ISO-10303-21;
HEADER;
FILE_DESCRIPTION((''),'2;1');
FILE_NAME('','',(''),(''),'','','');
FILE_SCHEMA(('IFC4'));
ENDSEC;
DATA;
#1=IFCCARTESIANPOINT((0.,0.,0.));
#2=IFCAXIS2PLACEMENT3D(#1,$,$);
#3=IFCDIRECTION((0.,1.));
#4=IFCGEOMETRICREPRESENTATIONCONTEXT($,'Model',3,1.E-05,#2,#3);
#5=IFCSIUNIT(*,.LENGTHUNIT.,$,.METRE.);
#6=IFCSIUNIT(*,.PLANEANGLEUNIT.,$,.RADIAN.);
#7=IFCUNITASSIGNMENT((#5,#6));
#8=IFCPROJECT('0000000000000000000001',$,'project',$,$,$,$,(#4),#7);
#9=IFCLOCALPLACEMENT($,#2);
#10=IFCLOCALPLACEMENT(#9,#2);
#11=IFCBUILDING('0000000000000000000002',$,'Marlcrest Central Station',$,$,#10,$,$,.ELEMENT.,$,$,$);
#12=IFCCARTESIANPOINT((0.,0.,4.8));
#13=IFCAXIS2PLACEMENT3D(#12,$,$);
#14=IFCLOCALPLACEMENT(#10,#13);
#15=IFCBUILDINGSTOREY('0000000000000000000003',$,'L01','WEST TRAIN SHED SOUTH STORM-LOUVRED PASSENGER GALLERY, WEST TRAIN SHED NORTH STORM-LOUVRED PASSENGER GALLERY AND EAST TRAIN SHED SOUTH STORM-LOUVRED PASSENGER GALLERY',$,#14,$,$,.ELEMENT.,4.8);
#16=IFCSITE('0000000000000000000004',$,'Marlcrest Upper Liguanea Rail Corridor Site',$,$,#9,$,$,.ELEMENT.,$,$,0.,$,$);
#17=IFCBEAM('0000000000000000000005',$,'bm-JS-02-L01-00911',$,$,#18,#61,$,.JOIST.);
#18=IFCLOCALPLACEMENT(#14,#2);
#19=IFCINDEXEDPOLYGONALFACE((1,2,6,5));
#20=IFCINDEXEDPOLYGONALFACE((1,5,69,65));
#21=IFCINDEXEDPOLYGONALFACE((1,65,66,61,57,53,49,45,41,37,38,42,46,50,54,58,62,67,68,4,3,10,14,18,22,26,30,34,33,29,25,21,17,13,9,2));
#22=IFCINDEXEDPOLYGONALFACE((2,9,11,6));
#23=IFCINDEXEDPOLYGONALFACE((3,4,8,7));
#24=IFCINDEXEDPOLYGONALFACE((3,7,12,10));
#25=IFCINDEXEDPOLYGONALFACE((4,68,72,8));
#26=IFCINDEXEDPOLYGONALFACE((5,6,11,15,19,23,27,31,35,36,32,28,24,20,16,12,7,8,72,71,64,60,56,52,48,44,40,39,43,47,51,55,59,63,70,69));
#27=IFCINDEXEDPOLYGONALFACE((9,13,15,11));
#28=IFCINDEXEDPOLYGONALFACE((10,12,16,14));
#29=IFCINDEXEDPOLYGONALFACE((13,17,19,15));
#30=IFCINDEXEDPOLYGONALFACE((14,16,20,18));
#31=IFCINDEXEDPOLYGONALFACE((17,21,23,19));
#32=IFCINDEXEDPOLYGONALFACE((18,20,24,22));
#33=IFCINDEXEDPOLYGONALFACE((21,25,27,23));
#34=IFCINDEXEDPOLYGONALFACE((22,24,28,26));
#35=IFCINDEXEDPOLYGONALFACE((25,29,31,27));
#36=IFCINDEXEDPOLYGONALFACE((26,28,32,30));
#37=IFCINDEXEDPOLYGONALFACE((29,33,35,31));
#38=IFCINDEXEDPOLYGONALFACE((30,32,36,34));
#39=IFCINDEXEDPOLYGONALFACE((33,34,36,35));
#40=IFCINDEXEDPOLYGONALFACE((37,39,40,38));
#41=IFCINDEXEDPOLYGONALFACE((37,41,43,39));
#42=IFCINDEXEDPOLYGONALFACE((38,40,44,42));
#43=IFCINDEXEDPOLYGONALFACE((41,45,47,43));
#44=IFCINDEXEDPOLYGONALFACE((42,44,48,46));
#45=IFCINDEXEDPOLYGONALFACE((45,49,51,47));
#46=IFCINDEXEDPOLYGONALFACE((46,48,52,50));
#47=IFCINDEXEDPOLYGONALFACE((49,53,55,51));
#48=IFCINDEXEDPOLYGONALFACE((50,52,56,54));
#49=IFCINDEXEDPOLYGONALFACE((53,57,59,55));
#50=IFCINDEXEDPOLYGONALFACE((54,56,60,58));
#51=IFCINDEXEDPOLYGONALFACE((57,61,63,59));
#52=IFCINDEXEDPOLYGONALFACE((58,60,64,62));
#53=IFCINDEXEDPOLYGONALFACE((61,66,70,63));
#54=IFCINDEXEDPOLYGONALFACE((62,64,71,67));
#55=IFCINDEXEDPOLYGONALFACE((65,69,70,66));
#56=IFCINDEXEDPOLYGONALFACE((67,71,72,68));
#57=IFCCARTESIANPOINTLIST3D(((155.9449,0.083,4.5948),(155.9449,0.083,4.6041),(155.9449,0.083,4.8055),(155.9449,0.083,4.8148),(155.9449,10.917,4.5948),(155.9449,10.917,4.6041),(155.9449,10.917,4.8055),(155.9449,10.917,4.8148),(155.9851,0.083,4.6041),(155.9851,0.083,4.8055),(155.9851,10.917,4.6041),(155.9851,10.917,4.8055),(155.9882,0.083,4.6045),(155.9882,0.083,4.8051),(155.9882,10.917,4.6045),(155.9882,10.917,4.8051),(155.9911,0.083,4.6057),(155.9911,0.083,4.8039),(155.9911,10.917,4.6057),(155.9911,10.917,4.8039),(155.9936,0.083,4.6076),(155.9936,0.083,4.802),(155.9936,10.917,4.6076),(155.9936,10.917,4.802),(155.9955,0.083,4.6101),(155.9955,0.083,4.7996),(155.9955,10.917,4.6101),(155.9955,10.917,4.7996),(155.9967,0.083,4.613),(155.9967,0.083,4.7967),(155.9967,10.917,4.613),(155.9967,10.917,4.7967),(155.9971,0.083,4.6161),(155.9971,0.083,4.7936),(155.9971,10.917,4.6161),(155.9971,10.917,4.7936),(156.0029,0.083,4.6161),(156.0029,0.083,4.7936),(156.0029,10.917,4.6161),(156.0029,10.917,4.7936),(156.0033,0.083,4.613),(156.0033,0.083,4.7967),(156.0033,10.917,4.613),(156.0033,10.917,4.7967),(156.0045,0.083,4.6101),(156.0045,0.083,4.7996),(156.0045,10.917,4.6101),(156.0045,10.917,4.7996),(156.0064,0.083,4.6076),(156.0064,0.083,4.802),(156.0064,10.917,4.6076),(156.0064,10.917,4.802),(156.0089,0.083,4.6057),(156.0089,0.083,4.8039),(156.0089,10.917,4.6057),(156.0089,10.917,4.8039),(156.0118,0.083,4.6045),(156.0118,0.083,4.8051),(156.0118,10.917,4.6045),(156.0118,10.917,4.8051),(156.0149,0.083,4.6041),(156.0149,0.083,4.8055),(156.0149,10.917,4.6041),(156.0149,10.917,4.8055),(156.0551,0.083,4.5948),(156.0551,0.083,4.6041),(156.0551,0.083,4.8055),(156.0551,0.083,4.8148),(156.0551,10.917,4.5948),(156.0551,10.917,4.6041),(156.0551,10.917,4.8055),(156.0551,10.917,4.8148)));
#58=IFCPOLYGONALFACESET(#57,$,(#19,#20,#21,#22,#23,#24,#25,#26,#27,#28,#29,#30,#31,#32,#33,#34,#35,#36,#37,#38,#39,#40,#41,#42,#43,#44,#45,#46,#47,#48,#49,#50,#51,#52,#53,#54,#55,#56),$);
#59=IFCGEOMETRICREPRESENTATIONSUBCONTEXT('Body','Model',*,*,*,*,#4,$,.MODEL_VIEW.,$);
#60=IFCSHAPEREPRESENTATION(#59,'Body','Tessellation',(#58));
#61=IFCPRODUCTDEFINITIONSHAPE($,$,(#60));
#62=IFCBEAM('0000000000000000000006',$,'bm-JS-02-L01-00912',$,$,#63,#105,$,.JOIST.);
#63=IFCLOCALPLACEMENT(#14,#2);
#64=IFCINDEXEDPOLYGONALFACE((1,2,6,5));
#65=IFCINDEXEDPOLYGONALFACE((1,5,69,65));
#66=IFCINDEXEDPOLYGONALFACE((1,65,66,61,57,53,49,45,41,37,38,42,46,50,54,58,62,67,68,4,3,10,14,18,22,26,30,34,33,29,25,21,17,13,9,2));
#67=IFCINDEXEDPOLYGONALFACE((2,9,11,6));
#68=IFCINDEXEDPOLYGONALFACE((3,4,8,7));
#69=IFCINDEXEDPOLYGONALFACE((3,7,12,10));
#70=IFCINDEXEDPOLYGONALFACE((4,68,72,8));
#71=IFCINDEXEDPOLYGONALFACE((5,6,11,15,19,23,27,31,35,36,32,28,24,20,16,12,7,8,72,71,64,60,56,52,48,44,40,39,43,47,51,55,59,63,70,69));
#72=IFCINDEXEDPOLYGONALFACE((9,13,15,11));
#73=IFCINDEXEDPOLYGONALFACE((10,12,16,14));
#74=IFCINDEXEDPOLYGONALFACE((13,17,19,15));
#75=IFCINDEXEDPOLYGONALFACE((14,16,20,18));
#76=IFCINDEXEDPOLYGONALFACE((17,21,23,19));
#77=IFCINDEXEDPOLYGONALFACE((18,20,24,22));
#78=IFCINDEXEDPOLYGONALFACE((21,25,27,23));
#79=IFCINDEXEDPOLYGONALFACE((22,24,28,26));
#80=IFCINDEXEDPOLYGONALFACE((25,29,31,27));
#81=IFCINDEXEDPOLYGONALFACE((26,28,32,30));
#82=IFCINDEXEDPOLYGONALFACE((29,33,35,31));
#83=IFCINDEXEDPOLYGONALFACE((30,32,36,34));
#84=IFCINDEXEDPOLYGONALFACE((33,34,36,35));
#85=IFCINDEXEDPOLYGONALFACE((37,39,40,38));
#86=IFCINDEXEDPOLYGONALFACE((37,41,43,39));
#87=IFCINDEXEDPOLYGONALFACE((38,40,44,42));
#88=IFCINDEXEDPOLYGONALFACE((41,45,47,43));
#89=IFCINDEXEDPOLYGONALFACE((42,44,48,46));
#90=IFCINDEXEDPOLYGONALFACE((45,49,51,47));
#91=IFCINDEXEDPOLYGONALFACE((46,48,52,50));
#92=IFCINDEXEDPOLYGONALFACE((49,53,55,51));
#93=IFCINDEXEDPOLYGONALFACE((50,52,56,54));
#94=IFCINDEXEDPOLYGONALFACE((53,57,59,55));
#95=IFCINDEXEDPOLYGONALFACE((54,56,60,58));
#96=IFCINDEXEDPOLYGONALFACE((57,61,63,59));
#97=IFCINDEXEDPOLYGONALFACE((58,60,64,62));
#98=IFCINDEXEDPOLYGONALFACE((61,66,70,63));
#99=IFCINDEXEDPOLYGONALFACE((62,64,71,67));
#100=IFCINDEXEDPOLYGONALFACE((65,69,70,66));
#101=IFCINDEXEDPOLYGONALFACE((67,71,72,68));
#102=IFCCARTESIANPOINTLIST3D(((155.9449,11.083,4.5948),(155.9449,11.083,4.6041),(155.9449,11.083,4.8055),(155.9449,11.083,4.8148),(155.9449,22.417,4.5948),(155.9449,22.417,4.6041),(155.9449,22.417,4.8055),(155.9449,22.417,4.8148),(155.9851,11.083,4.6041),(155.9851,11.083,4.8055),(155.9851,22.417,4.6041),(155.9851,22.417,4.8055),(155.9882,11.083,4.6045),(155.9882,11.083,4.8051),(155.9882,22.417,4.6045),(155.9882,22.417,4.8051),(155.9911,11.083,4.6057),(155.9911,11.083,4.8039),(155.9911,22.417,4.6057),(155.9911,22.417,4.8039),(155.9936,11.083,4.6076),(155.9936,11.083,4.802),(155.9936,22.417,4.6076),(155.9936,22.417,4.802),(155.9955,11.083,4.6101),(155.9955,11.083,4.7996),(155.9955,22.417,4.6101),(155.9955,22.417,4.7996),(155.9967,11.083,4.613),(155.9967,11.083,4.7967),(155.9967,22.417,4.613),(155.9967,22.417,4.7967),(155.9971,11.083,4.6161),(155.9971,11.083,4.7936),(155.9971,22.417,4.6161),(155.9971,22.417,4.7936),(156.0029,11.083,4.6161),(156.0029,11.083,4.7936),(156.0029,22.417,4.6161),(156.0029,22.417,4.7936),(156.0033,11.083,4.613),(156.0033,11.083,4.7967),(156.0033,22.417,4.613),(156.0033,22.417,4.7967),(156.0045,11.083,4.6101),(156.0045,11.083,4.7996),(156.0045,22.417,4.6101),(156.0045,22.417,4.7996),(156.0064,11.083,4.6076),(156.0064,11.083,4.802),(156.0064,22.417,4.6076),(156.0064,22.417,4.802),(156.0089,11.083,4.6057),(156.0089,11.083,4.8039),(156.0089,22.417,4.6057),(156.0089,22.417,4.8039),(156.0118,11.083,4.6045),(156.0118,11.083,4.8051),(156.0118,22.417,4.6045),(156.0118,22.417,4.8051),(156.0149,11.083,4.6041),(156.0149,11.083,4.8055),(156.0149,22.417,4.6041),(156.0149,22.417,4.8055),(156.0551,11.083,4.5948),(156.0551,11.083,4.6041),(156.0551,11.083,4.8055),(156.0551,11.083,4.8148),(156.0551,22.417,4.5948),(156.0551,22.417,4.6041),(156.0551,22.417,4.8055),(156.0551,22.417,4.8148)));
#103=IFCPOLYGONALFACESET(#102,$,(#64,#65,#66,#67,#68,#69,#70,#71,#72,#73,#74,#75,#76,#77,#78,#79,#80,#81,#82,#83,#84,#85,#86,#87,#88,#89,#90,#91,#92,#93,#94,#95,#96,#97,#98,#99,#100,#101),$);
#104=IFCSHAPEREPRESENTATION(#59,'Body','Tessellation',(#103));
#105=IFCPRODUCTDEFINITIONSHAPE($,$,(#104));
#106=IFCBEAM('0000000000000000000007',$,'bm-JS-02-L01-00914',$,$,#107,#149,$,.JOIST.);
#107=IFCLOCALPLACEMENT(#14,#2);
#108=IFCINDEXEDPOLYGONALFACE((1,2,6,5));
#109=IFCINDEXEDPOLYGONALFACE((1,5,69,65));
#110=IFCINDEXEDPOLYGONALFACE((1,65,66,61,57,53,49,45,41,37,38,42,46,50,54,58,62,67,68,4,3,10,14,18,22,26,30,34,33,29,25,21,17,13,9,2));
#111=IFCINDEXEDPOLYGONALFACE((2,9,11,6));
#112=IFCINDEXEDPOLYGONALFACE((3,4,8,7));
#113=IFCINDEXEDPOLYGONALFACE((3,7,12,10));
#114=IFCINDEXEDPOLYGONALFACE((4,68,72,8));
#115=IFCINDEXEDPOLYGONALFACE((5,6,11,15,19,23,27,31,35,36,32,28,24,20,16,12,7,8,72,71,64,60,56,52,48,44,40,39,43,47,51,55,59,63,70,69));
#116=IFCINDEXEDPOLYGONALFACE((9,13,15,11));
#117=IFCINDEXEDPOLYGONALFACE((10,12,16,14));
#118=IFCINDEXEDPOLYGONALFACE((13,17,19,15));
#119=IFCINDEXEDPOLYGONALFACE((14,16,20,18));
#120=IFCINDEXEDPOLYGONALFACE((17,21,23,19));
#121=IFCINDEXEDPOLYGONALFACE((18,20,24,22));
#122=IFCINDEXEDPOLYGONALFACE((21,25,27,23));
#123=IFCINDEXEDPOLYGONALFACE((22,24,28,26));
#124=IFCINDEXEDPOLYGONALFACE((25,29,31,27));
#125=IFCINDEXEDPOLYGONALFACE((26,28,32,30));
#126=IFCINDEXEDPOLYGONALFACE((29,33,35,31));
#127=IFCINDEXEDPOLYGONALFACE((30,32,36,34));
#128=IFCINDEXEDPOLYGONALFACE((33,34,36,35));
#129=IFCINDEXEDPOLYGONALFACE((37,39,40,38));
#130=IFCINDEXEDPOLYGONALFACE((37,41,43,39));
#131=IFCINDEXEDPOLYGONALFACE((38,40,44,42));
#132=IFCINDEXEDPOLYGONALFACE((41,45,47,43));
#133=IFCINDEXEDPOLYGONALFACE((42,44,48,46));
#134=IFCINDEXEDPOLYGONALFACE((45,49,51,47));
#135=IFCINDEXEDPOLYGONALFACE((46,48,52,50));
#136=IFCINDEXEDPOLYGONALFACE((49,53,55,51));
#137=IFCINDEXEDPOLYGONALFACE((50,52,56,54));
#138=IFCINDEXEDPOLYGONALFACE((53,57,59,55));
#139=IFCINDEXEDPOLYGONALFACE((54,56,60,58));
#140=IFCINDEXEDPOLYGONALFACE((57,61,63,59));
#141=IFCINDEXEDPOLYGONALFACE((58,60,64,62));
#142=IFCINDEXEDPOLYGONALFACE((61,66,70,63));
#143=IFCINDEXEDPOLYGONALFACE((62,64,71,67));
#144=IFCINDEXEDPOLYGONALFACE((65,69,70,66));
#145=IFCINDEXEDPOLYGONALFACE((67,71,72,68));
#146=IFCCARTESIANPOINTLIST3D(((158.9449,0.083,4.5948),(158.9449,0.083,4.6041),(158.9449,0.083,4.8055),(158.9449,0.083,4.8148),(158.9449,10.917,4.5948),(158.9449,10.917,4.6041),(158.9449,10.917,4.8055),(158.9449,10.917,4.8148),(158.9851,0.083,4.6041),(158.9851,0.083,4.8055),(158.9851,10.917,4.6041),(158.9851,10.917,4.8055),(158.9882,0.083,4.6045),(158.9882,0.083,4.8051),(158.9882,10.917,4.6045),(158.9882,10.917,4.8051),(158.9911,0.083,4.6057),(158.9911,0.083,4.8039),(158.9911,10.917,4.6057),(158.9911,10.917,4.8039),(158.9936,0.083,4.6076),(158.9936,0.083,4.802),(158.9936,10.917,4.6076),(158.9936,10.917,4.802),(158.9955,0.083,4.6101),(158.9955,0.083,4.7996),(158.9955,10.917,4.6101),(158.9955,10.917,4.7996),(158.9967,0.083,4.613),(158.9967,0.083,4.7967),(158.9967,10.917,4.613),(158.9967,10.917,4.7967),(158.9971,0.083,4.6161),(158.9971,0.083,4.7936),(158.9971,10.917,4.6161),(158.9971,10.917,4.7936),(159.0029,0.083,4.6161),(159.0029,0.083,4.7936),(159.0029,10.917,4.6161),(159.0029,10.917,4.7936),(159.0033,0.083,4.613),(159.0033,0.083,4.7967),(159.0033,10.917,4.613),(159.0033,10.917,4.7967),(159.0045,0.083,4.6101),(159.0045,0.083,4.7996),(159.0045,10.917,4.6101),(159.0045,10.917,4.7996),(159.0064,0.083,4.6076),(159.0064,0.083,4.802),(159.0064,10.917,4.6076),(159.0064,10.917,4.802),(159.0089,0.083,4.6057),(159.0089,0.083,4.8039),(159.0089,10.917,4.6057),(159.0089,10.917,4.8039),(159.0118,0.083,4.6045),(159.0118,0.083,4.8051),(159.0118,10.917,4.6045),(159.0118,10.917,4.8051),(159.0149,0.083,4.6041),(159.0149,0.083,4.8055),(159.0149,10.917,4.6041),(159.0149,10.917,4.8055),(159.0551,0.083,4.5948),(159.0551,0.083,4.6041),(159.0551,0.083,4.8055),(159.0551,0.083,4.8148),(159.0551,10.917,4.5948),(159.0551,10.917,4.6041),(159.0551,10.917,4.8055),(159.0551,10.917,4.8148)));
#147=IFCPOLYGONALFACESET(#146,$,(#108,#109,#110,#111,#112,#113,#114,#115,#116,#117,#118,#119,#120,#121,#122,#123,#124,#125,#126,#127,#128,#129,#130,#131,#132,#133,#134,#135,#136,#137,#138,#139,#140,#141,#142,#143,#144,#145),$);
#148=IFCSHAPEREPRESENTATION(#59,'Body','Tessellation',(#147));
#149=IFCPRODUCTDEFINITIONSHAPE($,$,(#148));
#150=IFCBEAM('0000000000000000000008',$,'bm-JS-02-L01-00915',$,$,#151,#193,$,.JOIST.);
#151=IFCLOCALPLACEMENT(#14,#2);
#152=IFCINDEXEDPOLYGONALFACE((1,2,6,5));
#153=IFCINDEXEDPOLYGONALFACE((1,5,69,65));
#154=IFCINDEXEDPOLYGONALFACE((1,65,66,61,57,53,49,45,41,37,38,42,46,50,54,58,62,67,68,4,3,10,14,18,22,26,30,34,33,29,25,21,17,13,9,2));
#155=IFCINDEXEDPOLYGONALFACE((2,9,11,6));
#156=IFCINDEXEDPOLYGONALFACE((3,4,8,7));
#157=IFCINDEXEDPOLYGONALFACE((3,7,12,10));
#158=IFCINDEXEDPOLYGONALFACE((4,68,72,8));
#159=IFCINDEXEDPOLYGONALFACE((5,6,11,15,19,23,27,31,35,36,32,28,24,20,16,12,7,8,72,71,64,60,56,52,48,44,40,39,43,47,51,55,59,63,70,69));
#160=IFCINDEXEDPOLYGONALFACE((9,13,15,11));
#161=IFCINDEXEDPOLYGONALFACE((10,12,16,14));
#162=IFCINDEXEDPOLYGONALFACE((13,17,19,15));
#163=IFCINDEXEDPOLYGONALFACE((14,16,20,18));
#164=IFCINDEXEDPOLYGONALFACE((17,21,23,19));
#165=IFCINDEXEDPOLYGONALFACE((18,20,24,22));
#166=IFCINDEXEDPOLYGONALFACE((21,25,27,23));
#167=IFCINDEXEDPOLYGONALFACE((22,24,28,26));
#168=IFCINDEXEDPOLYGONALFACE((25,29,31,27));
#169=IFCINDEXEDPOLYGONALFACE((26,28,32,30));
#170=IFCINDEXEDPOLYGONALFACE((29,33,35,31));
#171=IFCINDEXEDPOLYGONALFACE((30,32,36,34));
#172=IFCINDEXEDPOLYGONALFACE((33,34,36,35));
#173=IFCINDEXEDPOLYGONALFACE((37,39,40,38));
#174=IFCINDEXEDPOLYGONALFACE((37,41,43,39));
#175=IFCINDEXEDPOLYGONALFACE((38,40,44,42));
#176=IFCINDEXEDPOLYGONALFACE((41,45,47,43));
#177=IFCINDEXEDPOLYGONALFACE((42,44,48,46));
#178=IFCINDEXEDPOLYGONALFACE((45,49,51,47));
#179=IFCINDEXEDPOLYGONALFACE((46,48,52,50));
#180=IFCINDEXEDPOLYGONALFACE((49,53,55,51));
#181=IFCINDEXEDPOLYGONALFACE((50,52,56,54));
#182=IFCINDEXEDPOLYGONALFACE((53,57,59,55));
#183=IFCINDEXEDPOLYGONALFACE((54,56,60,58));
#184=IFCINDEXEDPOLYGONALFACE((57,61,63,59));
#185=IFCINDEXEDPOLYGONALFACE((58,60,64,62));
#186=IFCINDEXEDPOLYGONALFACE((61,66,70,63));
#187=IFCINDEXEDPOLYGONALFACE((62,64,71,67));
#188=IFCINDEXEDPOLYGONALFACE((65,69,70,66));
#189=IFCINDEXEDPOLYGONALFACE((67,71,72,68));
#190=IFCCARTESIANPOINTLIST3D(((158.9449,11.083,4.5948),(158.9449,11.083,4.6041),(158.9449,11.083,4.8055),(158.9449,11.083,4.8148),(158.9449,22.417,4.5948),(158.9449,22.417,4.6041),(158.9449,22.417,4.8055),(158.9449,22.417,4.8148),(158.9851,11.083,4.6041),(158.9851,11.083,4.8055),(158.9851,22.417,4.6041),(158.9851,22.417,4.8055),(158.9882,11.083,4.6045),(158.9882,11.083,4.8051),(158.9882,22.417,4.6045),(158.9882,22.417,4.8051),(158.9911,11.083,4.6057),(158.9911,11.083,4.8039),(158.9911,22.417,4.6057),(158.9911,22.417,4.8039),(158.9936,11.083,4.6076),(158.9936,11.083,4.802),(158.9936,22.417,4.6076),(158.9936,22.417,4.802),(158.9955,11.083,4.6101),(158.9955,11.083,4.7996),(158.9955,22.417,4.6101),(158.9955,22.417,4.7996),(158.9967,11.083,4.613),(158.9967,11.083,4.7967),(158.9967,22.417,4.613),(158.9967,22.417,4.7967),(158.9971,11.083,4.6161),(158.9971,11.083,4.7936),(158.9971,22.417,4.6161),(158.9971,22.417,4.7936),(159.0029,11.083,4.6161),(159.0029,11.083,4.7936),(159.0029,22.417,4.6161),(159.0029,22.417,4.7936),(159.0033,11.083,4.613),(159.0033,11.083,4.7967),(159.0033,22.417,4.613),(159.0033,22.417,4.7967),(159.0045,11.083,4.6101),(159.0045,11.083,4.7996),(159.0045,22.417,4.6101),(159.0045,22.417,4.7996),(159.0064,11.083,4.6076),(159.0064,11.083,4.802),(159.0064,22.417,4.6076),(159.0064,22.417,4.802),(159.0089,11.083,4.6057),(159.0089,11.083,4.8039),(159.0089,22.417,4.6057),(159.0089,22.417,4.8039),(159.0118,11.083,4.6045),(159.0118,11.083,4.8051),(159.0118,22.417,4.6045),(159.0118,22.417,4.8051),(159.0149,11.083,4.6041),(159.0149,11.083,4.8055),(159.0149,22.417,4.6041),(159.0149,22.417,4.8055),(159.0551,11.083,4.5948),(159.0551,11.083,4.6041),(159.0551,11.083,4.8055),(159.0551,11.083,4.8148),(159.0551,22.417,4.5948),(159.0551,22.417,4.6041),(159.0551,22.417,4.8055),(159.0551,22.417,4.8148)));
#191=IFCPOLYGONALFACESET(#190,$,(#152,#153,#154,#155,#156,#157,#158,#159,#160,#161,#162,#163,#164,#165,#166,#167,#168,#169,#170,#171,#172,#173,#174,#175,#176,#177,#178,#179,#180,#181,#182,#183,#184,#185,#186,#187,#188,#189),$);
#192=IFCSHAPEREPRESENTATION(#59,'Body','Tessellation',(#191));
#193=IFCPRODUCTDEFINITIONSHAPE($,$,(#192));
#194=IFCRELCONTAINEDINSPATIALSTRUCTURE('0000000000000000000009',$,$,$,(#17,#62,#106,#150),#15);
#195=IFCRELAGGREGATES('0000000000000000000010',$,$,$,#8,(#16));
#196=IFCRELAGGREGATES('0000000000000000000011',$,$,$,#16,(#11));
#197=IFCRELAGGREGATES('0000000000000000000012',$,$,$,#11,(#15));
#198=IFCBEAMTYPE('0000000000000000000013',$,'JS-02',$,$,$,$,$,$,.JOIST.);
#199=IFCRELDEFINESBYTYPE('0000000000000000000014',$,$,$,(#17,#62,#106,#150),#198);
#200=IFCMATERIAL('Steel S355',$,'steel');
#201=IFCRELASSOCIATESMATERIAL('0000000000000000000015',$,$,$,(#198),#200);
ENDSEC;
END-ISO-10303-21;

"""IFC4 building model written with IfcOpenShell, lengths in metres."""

from ifc_helpers import new_model, si_unit, direction, frame, origin, origin_2d, place, context, subcontext, project, spatial, i_section, extrude, material, material_profile, profile_set, type_object, element, save


model = new_model("IFC4")

# Units and contexts
model_context = context("Model", 3, precision=1e-05, world=origin(), true_north=direction((0.0, 1.0)))
body_context = subcontext(model_context, "Body", "Model", "MODEL_VIEW")
ifc_project = project(units=[si_unit("LENGTHUNIT", "METRE"), si_unit("PLANEANGLEUNIT", "RADIAN")], contexts=[model_context])

# Site, building, storey
site_placement = place(None, origin())
site = spatial("IfcSite", under=ifc_project, at=site_placement, Name="Marlcrest Upper Liguanea Rail Corridor Site", CompositionType="ELEMENT", RefElevation=0.0)
building_placement = place(site_placement, origin())
building = spatial("IfcBuilding", under=site, at=building_placement, Name="Marlcrest Central Station", CompositionType="ELEMENT")
storey_placement = place(building_placement, frame((0.0, 0.0, 4.8)))
storey = spatial("IfcBuildingStorey", under=building, at=storey_placement, Name="L01", Description="WEST TRAIN SHED SOUTH STORM-LOUVRED PASSENGER GALLERY, WEST TRAIN SHED NORTH STORM-LOUVRED PASSENGER GALLERY AND EAST TRAIN SHED SOUTH STORM-LOUVRED PASSENGER GALLERY", CompositionType="ELEMENT", Elevation=4.8)

# Beams
ifc_material_1 = material(Name="Steel S355", Category="steel")
ifc_material_profile_1 = material_profile(ifc_material_1, i_section(OverallWidth=0.1101, OverallDepth=0.22, WebThickness=0.0059, FlangeThickness=0.0093, FilletRadius=0.012, at=origin_2d()), Name="IPE 220")
ifc_profile_set_1 = profile_set([ifc_material_profile_1], Name="Steel S355")
beam_type = type_object("IfcBeamType", Name="JS-02", PredefinedType="JOIST", material=ifc_profile_set_1)
beam_1_placement = place(storey_placement, frame((156.0, 0.083, 4.7048), z_axis=(0.0, 1.0, 0.0), x_axis=(-1.0, 0.0, 0.0)))
element("IfcBeam", 1, at=beam_1_placement, inside=storey, type_object=beam_type, Name="bm-JS-02-L01-00911", PredefinedType="JOIST", context=body_context, shape_type="SweptSolid", body=[
    extrude(i_section(OverallWidth=0.1101, OverallDepth=0.22, WebThickness=0.0059, FlangeThickness=0.0093, FilletRadius=0.012, at=origin_2d()), origin(), (0.0, 0.0, 1.0), 10.834),
])
beam_2_placement = place(storey_placement, frame((156.0, 11.083, 4.7048), z_axis=(0.0, 1.0, 0.0), x_axis=(-1.0, 0.0, 0.0)))
element("IfcBeam", 2, at=beam_2_placement, inside=storey, type_object=beam_type, Name="bm-JS-02-L01-00912", PredefinedType="JOIST", context=body_context, shape_type="SweptSolid", body=[
    extrude(i_section(OverallWidth=0.1101, OverallDepth=0.22, WebThickness=0.0059, FlangeThickness=0.0093, FilletRadius=0.012, at=origin_2d()), origin(), (0.0, 0.0, 1.0), 11.334),
])
beam_3_placement = place(storey_placement, frame((159.0, 0.083, 4.7048), z_axis=(0.0, 1.0, 0.0), x_axis=(-1.0, 0.0, 0.0)))
element("IfcBeam", 3, at=beam_3_placement, inside=storey, type_object=beam_type, Name="bm-JS-02-L01-00914", PredefinedType="JOIST", context=body_context, shape_type="SweptSolid", body=[
    extrude(i_section(OverallWidth=0.1101, OverallDepth=0.22, WebThickness=0.0059, FlangeThickness=0.0093, FilletRadius=0.012, at=origin_2d()), origin(), (0.0, 0.0, 1.0), 10.834),
])
beam_4_placement = place(storey_placement, frame((159.0, 11.083, 4.7048), z_axis=(0.0, 1.0, 0.0), x_axis=(-1.0, 0.0, 0.0)))
element("IfcBeam", 4, at=beam_4_placement, inside=storey, type_object=beam_type, Name="bm-JS-02-L01-00915", PredefinedType="JOIST", context=body_context, shape_type="SweptSolid", body=[
    extrude(i_section(OverallWidth=0.1101, OverallDepth=0.22, WebThickness=0.0059, FlangeThickness=0.0093, FilletRadius=0.012, at=origin_2d()), origin(), (0.0, 0.0, 1.0), 11.334),
])

save(model, "model.ifc")
